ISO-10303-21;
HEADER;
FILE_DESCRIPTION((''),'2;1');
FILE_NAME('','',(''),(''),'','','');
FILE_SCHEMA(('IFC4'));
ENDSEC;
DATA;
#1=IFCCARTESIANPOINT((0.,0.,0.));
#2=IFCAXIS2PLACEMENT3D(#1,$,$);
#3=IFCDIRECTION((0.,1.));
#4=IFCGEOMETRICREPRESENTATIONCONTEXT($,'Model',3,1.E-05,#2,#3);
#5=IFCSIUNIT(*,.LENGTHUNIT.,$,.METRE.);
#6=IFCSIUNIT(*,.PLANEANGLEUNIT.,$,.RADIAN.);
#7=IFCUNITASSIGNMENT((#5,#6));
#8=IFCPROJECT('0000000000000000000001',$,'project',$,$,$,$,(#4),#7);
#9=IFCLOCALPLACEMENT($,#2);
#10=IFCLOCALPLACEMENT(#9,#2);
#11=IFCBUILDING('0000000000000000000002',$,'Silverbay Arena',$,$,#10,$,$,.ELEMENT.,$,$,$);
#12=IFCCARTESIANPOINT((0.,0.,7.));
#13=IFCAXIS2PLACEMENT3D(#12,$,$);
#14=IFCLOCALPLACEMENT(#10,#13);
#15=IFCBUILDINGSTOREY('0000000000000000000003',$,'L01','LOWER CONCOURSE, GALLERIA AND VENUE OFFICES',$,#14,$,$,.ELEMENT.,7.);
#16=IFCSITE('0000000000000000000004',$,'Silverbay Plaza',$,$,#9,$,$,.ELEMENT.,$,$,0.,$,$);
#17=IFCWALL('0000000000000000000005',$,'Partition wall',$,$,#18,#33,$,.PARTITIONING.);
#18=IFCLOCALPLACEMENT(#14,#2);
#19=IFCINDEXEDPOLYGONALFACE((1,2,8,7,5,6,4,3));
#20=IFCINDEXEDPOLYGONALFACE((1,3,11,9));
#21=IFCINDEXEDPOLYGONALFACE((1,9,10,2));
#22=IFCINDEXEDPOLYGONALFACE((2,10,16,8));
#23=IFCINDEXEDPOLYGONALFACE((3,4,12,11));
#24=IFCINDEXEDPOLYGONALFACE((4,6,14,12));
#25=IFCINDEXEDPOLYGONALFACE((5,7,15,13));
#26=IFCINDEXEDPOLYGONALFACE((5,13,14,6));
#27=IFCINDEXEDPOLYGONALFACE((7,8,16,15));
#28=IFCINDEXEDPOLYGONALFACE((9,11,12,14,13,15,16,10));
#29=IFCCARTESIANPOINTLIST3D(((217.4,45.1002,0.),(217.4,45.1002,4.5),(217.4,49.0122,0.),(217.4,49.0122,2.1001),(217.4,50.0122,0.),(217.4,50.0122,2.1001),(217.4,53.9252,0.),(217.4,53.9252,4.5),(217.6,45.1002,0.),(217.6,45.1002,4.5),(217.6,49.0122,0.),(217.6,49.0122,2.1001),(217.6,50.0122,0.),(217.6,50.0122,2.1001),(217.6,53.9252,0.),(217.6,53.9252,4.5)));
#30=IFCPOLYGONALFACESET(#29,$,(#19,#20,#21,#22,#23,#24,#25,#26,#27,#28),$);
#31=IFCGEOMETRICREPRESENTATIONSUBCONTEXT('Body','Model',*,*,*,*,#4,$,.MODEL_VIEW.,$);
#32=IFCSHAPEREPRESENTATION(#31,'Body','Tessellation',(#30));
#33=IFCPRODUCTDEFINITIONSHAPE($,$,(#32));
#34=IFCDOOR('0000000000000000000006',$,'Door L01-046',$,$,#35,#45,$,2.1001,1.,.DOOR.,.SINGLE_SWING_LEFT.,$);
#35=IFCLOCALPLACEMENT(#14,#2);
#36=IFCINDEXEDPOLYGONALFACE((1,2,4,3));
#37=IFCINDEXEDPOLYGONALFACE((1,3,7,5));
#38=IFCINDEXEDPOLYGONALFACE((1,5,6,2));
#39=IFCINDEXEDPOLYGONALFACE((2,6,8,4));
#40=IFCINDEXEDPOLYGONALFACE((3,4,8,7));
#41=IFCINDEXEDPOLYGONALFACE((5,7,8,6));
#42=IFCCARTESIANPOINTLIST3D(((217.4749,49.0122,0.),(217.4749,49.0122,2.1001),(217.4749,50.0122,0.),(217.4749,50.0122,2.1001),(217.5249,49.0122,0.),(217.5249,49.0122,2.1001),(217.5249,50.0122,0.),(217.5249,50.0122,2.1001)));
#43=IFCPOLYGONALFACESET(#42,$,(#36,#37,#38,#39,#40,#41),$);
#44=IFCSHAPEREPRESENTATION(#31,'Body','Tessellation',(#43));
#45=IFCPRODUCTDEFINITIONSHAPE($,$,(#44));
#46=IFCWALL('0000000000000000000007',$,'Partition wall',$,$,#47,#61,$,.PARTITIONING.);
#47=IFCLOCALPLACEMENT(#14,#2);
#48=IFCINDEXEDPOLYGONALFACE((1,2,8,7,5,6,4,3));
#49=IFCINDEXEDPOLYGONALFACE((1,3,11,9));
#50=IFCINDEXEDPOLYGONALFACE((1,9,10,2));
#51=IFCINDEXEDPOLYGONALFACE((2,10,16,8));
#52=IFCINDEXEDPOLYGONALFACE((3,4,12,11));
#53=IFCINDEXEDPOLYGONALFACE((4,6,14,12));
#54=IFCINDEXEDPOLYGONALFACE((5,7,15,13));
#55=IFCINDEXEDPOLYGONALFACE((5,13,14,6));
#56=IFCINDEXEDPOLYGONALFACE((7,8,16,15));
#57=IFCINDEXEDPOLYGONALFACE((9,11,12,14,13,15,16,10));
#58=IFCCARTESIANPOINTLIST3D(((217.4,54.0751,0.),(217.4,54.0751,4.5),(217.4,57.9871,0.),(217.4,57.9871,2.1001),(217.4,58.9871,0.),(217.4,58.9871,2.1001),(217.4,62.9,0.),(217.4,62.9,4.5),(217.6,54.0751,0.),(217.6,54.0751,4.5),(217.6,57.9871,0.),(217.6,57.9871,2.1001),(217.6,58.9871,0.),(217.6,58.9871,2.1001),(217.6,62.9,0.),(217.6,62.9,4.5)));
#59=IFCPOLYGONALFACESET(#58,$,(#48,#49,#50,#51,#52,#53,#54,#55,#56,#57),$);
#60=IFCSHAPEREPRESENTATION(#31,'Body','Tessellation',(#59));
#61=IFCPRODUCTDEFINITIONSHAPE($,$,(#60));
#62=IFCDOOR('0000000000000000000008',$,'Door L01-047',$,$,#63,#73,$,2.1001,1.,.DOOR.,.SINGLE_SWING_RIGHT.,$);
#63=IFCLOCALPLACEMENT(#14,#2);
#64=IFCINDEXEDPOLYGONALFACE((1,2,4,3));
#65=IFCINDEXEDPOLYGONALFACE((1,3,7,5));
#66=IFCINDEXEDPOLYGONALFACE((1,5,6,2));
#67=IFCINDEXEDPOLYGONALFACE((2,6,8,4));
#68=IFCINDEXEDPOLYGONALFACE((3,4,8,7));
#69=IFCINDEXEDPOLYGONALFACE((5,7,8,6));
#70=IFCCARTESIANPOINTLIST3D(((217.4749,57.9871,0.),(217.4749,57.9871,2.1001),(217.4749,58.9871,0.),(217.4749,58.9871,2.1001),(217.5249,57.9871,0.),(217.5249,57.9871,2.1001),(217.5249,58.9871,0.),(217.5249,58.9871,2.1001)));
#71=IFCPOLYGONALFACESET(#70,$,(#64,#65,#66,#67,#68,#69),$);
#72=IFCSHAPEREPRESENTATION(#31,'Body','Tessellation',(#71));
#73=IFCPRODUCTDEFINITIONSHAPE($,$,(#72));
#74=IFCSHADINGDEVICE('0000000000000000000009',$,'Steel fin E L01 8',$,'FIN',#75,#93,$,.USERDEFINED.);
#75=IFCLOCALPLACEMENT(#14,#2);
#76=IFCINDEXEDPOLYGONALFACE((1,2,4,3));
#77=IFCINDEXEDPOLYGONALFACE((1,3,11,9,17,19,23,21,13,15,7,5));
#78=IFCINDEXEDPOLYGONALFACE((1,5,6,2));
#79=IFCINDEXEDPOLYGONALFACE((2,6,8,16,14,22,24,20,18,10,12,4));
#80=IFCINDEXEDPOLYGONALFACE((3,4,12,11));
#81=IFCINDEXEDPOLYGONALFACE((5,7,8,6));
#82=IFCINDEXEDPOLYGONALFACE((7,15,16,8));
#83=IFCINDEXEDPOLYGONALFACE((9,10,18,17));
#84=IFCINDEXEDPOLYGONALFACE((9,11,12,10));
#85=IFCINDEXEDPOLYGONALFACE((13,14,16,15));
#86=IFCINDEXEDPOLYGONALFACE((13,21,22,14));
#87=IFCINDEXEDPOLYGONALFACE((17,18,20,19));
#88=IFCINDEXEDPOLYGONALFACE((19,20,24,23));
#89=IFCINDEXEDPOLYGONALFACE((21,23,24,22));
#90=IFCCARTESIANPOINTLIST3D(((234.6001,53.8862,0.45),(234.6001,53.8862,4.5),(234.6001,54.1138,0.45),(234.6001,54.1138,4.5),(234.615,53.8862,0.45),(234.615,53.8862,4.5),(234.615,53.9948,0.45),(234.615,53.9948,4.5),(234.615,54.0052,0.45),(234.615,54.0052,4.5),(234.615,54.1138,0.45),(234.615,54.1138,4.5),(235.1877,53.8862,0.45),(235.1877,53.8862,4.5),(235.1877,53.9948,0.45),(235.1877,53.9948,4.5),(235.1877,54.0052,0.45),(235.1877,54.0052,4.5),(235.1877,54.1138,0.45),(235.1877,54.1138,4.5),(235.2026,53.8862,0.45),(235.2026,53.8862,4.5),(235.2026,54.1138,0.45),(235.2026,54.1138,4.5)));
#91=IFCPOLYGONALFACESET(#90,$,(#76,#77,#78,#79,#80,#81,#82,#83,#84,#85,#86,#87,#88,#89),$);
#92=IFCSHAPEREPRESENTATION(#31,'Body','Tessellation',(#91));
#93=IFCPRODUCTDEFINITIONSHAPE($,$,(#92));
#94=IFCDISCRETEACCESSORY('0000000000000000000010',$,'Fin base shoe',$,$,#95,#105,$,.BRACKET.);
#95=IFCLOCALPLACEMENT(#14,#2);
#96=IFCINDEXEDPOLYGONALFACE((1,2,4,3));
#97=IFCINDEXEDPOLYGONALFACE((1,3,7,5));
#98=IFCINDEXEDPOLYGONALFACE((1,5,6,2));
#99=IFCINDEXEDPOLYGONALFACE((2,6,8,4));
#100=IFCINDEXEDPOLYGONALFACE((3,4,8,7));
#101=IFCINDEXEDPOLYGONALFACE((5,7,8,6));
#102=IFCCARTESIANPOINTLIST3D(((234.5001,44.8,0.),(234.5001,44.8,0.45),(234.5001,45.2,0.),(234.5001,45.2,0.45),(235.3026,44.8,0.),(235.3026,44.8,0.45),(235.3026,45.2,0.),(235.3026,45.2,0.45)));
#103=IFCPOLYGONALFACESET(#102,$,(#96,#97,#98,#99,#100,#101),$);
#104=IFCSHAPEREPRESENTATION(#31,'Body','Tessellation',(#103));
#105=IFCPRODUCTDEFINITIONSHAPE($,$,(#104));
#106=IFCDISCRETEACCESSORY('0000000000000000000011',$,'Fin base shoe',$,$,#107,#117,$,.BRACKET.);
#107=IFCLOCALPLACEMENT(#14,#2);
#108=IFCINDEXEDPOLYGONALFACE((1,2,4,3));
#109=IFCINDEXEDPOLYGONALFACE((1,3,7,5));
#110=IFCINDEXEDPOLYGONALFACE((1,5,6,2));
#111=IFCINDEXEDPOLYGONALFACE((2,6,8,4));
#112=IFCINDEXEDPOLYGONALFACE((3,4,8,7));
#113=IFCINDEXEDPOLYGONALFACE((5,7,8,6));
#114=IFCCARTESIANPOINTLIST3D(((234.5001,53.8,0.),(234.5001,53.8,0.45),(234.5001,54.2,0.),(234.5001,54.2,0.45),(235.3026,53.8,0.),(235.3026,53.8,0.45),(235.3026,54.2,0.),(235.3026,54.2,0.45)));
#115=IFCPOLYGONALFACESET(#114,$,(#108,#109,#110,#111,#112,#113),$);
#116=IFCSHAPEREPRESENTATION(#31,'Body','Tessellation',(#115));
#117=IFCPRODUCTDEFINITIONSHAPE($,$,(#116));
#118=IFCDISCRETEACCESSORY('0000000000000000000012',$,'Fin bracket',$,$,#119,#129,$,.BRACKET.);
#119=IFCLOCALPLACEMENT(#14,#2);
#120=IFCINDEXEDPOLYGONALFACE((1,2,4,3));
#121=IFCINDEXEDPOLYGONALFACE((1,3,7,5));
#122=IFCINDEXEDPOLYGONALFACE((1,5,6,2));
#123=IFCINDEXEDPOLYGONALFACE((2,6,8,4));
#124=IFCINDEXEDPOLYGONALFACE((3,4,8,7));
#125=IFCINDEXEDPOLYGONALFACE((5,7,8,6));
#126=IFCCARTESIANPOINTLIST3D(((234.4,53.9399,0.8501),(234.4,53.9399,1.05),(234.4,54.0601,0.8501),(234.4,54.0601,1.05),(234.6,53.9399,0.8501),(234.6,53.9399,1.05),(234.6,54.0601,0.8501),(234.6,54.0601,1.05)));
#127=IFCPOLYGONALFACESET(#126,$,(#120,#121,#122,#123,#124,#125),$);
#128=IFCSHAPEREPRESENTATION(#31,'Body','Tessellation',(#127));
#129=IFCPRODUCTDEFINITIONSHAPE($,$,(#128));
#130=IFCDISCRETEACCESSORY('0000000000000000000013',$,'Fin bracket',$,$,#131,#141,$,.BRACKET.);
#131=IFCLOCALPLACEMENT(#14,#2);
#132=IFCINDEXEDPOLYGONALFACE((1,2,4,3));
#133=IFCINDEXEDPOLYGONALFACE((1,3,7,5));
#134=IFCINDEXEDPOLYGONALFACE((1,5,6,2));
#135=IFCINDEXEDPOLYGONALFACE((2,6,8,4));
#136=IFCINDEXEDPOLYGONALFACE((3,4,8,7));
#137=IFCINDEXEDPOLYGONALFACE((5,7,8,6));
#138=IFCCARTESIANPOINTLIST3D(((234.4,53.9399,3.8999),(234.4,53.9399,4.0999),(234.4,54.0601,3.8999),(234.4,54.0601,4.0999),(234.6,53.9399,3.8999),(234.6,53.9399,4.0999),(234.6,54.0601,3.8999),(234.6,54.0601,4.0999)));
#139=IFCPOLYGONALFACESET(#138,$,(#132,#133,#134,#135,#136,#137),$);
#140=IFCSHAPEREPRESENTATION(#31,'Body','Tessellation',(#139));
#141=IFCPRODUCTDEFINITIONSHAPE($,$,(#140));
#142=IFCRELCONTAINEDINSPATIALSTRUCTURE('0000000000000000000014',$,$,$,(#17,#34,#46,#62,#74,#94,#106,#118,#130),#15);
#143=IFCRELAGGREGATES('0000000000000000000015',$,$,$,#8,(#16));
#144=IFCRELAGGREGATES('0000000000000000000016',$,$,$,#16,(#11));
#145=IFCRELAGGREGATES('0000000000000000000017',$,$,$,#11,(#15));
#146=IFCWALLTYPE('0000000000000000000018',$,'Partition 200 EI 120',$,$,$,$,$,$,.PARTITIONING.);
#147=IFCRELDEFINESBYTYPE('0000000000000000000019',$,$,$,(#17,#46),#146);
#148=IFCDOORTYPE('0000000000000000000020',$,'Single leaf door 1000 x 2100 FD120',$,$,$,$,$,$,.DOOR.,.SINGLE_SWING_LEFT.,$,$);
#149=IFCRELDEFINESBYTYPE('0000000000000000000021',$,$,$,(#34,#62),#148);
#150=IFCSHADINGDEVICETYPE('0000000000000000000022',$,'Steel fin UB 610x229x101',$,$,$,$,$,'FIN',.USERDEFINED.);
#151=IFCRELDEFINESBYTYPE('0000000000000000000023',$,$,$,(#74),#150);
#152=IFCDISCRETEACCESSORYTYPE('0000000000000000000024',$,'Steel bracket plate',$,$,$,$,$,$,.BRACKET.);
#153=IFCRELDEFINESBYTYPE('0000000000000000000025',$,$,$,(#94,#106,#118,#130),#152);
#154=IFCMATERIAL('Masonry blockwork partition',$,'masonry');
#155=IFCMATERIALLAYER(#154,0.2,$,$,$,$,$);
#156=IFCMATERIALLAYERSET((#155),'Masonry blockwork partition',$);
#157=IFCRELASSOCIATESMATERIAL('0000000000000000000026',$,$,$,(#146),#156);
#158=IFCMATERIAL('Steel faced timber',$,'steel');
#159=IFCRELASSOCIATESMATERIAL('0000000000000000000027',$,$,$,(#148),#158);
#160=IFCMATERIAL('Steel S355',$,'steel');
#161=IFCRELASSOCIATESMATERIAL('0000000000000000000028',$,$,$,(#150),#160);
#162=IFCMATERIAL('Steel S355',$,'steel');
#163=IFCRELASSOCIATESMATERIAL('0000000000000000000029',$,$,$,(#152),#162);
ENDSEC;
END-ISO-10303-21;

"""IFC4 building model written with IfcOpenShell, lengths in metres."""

from ifc_helpers import new_model, si_unit, direction, frame, frame_2d, origin, origin_2d, place, context, subcontext, project, spatial, rectangle, i_section, extrude, material, layer, layer_set, material_profile, profile_set, type_object, element, fill, save


model = new_model("IFC4")

# Units and contexts
model_context = context("Model", 3, precision=1e-05, world=origin(), true_north=direction((0.0, 1.0)))
body_context = subcontext(model_context, "Body", "Model", "MODEL_VIEW")
ifc_project = project(units=[si_unit("LENGTHUNIT", "METRE"), si_unit("PLANEANGLEUNIT", "RADIAN")], contexts=[model_context])

# Site, building, storey
site_placement = place(None, origin())
site = spatial("IfcSite", under=ifc_project, at=site_placement, Name="Silverbay Plaza", CompositionType="ELEMENT", RefElevation=0.0)
building_placement = place(site_placement, origin())
building = spatial("IfcBuilding", under=site, at=building_placement, Name="Silverbay Arena", CompositionType="ELEMENT")
storey_placement = place(building_placement, frame((0.0, 0.0, 7.0)))
storey = spatial("IfcBuildingStorey", under=building, at=storey_placement, Name="L01", Description="LOWER CONCOURSE, GALLERIA AND VENUE OFFICES", CompositionType="ELEMENT", Elevation=7.0)

# Walls, openings, doors
ifc_material_1 = material(Name="Masonry blockwork partition", Category="masonry")
ifc_layer_1 = layer(ifc_material_1, 0.2)
ifc_layer_set_1 = layer_set([ifc_layer_1], Name="Masonry blockwork partition")
wall_type_1 = type_object("IfcWallType", Name="Partition 200 EI 120", PredefinedType="PARTITIONING", material=ifc_layer_set_1)
wall_1_placement = place(storey_placement, frame((217.5, 45.1001, 0.0), z_axis=(0.0, 0.0, 1.0), x_axis=(0.0, 1.0, 0.0)))
wall_1 = element("IfcWall", 1, at=wall_1_placement, inside=storey, type_object=wall_type_1, Name="Partition wall", PredefinedType="PARTITIONING", context=body_context, shape_type="SweptSolid", body=[
    extrude(rectangle(XDim=8.825, YDim=0.2, at=frame_2d((4.4126, 0.0))), origin(), (0.0, 0.0, 1.0), 4.5),
])
opening_1_placement = place(wall_1_placement, frame((3.9121, 0.0, 0.0)))
opening_1 = element("IfcOpeningElement", 2, at=opening_1_placement, cuts=wall_1, PredefinedType="OPENING", context=body_context, shape_type="SweptSolid", body=[
    extrude(rectangle(XDim=1.0, YDim=2.1001, at=frame_2d((0.5, 1.05))), frame((0.0, 0.1099, 0.0), z_axis=(0.0, -1.0, 0.0), x_axis=(1.0, 0.0, 0.0)), (0.0, 0.0, 1.0), 0.22),
])
ifc_material_2 = material(Name="Steel faced timber", Category="steel")
door_type = type_object("IfcDoorType", Name="Single leaf door 1000 x 2100 FD120", OperationType="SINGLE_SWING_LEFT", PredefinedType="DOOR", material=ifc_material_2)
door_1_placement = place(opening_1_placement, frame((1.0, 0.0, 0.0), z_axis=(0.0, 0.0, 1.0), x_axis=(-1.0, 0.0, 0.0)))
door_1 = element("IfcDoor", 3, at=door_1_placement, inside=storey, type_object=door_type, Name="Door L01-046", OperationType="SINGLE_SWING_LEFT", OverallHeight=2.1001, OverallWidth=1.0, PredefinedType="DOOR", context=body_context, shape_type="SweptSolid", body=[
    extrude(rectangle(XDim=1.0, YDim=2.1001, at=frame_2d((0.5, 1.05))), frame((0.0, 0.0249, 0.0), z_axis=(0.0, -1.0, 0.0), x_axis=(1.0, 0.0, 0.0)), (0.0, 0.0, 1.0), 0.05),
])
fill(opening_1, door_1)
wall_2_placement = place(storey_placement, frame((217.5, 54.075, 0.0), z_axis=(0.0, 0.0, 1.0), x_axis=(0.0, 1.0, 0.0)))
wall_2 = element("IfcWall", 4, at=wall_2_placement, inside=storey, type_object=wall_type_1, Name="Partition wall", PredefinedType="PARTITIONING", context=body_context, shape_type="SweptSolid", body=[
    extrude(rectangle(XDim=8.825, YDim=0.2, at=frame_2d((4.4126, 0.0))), origin(), (0.0, 0.0, 1.0), 4.5),
])
opening_2_placement = place(wall_2_placement, frame((3.9121, 0.0, 0.0)))
opening_2 = element("IfcOpeningElement", 5, at=opening_2_placement, cuts=wall_2, PredefinedType="OPENING", context=body_context, shape_type="SweptSolid", body=[
    extrude(rectangle(XDim=1.0, YDim=2.1001, at=frame_2d((0.5, 1.05))), frame((0.0, 0.1099, 0.0), z_axis=(0.0, -1.0, 0.0), x_axis=(1.0, 0.0, 0.0)), (0.0, 0.0, 1.0), 0.22),
])
door_2_placement = place(opening_2_placement, frame((1.0, 0.0, 0.0), z_axis=(0.0, 0.0, 1.0), x_axis=(-1.0, 0.0, 0.0)))
door_2 = element("IfcDoor", 6, at=door_2_placement, inside=storey, type_object=door_type, Name="Door L01-047", OperationType="SINGLE_SWING_RIGHT", OverallHeight=2.1001, OverallWidth=1.0, PredefinedType="DOOR", context=body_context, shape_type="SweptSolid", body=[
    extrude(rectangle(XDim=1.0, YDim=2.1001, at=frame_2d((0.5, 1.05))), frame((0.0, 0.0249, 0.0), z_axis=(0.0, -1.0, 0.0), x_axis=(1.0, 0.0, 0.0)), (0.0, 0.0, 1.0), 0.05),
])
fill(opening_2, door_2)

# Shading device
ifc_material_3 = material(Name="Steel S355", Category="steel")
ifc_material_profile_1 = material_profile(ifc_material_3, i_section(OverallWidth=0.2275, OverallDepth=0.6025, WebThickness=0.0105, FlangeThickness=0.0149, at=origin_2d()), Name="UB 610x229x101")
ifc_profile_set_1 = profile_set([ifc_material_profile_1], Name="Steel S355")
shading_device_type = type_object("IfcShadingDeviceType", Name="Steel fin UB 610x229x101", ElementType="FIN", PredefinedType="USERDEFINED", material=ifc_profile_set_1)
shading_device_placement = place(storey_placement, frame((234.9014, 54.0, 0.45), z_axis=(0.0, 0.0, 1.0), x_axis=(0.0, 1.0, 0.0)))
element("IfcShadingDevice", 7, at=shading_device_placement, inside=storey, type_object=shading_device_type, Name="Steel fin E L01 8", ObjectType="FIN", PredefinedType="USERDEFINED", context=body_context, shape_type="SweptSolid", body=[
    extrude(i_section(OverallWidth=0.2275, OverallDepth=0.6025, WebThickness=0.0105, FlangeThickness=0.0149, at=origin_2d()), origin(), (0.0, 0.0, 1.0), 4.05),
])

# Discrete accessories
ifc_material_4 = material(Name="Steel S355", Category="steel")
discrete_accessory_type = type_object("IfcDiscreteAccessoryType", Name="Steel bracket plate", PredefinedType="BRACKET", material=ifc_material_4)
for number, where, z_axis, x_axis, name in (
    (8, (234.9014, 45.0, 0.0), (0.0, 0.0, 1.0), (1.0, 0.0, 0.0), "Fin base shoe"),
    (9, (234.9014, 54.0, 0.0), (0.0, 0.0, 1.0), (1.0, 0.0, 0.0), "Fin base shoe"),
):
    element("IfcDiscreteAccessory", number, at=place(storey_placement, frame(where, z_axis=z_axis, x_axis=x_axis)), inside=storey, type_object=discrete_accessory_type, Name=name, PredefinedType="BRACKET", context=body_context, shape_type="SweptSolid", body=[
        extrude(rectangle(XDim=0.8025, YDim=0.3999, at=origin_2d()), origin(), (0.0, 0.0, 1.0), 0.45),
    ])
for number, where, z_axis, x_axis, name in (
    (10, (234.5, 54.0, 0.8501), (0.0, 0.0, 1.0), (1.0, 0.0, 0.0), "Fin bracket"),
    (11, (234.5, 54.0, 3.8999), (0.0, 0.0, 1.0), (1.0, 0.0, 0.0), "Fin bracket"),
):
    element("IfcDiscreteAccessory", number, at=place(storey_placement, frame(where, z_axis=z_axis, x_axis=x_axis)), inside=storey, type_object=discrete_accessory_type, Name=name, PredefinedType="BRACKET", context=body_context, shape_type="SweptSolid", body=[
        extrude(rectangle(XDim=0.2, YDim=0.1201, at=origin_2d()), origin(), (0.0, 0.0, 1.0), 0.2),
    ])

save(model, "model.ifc")
